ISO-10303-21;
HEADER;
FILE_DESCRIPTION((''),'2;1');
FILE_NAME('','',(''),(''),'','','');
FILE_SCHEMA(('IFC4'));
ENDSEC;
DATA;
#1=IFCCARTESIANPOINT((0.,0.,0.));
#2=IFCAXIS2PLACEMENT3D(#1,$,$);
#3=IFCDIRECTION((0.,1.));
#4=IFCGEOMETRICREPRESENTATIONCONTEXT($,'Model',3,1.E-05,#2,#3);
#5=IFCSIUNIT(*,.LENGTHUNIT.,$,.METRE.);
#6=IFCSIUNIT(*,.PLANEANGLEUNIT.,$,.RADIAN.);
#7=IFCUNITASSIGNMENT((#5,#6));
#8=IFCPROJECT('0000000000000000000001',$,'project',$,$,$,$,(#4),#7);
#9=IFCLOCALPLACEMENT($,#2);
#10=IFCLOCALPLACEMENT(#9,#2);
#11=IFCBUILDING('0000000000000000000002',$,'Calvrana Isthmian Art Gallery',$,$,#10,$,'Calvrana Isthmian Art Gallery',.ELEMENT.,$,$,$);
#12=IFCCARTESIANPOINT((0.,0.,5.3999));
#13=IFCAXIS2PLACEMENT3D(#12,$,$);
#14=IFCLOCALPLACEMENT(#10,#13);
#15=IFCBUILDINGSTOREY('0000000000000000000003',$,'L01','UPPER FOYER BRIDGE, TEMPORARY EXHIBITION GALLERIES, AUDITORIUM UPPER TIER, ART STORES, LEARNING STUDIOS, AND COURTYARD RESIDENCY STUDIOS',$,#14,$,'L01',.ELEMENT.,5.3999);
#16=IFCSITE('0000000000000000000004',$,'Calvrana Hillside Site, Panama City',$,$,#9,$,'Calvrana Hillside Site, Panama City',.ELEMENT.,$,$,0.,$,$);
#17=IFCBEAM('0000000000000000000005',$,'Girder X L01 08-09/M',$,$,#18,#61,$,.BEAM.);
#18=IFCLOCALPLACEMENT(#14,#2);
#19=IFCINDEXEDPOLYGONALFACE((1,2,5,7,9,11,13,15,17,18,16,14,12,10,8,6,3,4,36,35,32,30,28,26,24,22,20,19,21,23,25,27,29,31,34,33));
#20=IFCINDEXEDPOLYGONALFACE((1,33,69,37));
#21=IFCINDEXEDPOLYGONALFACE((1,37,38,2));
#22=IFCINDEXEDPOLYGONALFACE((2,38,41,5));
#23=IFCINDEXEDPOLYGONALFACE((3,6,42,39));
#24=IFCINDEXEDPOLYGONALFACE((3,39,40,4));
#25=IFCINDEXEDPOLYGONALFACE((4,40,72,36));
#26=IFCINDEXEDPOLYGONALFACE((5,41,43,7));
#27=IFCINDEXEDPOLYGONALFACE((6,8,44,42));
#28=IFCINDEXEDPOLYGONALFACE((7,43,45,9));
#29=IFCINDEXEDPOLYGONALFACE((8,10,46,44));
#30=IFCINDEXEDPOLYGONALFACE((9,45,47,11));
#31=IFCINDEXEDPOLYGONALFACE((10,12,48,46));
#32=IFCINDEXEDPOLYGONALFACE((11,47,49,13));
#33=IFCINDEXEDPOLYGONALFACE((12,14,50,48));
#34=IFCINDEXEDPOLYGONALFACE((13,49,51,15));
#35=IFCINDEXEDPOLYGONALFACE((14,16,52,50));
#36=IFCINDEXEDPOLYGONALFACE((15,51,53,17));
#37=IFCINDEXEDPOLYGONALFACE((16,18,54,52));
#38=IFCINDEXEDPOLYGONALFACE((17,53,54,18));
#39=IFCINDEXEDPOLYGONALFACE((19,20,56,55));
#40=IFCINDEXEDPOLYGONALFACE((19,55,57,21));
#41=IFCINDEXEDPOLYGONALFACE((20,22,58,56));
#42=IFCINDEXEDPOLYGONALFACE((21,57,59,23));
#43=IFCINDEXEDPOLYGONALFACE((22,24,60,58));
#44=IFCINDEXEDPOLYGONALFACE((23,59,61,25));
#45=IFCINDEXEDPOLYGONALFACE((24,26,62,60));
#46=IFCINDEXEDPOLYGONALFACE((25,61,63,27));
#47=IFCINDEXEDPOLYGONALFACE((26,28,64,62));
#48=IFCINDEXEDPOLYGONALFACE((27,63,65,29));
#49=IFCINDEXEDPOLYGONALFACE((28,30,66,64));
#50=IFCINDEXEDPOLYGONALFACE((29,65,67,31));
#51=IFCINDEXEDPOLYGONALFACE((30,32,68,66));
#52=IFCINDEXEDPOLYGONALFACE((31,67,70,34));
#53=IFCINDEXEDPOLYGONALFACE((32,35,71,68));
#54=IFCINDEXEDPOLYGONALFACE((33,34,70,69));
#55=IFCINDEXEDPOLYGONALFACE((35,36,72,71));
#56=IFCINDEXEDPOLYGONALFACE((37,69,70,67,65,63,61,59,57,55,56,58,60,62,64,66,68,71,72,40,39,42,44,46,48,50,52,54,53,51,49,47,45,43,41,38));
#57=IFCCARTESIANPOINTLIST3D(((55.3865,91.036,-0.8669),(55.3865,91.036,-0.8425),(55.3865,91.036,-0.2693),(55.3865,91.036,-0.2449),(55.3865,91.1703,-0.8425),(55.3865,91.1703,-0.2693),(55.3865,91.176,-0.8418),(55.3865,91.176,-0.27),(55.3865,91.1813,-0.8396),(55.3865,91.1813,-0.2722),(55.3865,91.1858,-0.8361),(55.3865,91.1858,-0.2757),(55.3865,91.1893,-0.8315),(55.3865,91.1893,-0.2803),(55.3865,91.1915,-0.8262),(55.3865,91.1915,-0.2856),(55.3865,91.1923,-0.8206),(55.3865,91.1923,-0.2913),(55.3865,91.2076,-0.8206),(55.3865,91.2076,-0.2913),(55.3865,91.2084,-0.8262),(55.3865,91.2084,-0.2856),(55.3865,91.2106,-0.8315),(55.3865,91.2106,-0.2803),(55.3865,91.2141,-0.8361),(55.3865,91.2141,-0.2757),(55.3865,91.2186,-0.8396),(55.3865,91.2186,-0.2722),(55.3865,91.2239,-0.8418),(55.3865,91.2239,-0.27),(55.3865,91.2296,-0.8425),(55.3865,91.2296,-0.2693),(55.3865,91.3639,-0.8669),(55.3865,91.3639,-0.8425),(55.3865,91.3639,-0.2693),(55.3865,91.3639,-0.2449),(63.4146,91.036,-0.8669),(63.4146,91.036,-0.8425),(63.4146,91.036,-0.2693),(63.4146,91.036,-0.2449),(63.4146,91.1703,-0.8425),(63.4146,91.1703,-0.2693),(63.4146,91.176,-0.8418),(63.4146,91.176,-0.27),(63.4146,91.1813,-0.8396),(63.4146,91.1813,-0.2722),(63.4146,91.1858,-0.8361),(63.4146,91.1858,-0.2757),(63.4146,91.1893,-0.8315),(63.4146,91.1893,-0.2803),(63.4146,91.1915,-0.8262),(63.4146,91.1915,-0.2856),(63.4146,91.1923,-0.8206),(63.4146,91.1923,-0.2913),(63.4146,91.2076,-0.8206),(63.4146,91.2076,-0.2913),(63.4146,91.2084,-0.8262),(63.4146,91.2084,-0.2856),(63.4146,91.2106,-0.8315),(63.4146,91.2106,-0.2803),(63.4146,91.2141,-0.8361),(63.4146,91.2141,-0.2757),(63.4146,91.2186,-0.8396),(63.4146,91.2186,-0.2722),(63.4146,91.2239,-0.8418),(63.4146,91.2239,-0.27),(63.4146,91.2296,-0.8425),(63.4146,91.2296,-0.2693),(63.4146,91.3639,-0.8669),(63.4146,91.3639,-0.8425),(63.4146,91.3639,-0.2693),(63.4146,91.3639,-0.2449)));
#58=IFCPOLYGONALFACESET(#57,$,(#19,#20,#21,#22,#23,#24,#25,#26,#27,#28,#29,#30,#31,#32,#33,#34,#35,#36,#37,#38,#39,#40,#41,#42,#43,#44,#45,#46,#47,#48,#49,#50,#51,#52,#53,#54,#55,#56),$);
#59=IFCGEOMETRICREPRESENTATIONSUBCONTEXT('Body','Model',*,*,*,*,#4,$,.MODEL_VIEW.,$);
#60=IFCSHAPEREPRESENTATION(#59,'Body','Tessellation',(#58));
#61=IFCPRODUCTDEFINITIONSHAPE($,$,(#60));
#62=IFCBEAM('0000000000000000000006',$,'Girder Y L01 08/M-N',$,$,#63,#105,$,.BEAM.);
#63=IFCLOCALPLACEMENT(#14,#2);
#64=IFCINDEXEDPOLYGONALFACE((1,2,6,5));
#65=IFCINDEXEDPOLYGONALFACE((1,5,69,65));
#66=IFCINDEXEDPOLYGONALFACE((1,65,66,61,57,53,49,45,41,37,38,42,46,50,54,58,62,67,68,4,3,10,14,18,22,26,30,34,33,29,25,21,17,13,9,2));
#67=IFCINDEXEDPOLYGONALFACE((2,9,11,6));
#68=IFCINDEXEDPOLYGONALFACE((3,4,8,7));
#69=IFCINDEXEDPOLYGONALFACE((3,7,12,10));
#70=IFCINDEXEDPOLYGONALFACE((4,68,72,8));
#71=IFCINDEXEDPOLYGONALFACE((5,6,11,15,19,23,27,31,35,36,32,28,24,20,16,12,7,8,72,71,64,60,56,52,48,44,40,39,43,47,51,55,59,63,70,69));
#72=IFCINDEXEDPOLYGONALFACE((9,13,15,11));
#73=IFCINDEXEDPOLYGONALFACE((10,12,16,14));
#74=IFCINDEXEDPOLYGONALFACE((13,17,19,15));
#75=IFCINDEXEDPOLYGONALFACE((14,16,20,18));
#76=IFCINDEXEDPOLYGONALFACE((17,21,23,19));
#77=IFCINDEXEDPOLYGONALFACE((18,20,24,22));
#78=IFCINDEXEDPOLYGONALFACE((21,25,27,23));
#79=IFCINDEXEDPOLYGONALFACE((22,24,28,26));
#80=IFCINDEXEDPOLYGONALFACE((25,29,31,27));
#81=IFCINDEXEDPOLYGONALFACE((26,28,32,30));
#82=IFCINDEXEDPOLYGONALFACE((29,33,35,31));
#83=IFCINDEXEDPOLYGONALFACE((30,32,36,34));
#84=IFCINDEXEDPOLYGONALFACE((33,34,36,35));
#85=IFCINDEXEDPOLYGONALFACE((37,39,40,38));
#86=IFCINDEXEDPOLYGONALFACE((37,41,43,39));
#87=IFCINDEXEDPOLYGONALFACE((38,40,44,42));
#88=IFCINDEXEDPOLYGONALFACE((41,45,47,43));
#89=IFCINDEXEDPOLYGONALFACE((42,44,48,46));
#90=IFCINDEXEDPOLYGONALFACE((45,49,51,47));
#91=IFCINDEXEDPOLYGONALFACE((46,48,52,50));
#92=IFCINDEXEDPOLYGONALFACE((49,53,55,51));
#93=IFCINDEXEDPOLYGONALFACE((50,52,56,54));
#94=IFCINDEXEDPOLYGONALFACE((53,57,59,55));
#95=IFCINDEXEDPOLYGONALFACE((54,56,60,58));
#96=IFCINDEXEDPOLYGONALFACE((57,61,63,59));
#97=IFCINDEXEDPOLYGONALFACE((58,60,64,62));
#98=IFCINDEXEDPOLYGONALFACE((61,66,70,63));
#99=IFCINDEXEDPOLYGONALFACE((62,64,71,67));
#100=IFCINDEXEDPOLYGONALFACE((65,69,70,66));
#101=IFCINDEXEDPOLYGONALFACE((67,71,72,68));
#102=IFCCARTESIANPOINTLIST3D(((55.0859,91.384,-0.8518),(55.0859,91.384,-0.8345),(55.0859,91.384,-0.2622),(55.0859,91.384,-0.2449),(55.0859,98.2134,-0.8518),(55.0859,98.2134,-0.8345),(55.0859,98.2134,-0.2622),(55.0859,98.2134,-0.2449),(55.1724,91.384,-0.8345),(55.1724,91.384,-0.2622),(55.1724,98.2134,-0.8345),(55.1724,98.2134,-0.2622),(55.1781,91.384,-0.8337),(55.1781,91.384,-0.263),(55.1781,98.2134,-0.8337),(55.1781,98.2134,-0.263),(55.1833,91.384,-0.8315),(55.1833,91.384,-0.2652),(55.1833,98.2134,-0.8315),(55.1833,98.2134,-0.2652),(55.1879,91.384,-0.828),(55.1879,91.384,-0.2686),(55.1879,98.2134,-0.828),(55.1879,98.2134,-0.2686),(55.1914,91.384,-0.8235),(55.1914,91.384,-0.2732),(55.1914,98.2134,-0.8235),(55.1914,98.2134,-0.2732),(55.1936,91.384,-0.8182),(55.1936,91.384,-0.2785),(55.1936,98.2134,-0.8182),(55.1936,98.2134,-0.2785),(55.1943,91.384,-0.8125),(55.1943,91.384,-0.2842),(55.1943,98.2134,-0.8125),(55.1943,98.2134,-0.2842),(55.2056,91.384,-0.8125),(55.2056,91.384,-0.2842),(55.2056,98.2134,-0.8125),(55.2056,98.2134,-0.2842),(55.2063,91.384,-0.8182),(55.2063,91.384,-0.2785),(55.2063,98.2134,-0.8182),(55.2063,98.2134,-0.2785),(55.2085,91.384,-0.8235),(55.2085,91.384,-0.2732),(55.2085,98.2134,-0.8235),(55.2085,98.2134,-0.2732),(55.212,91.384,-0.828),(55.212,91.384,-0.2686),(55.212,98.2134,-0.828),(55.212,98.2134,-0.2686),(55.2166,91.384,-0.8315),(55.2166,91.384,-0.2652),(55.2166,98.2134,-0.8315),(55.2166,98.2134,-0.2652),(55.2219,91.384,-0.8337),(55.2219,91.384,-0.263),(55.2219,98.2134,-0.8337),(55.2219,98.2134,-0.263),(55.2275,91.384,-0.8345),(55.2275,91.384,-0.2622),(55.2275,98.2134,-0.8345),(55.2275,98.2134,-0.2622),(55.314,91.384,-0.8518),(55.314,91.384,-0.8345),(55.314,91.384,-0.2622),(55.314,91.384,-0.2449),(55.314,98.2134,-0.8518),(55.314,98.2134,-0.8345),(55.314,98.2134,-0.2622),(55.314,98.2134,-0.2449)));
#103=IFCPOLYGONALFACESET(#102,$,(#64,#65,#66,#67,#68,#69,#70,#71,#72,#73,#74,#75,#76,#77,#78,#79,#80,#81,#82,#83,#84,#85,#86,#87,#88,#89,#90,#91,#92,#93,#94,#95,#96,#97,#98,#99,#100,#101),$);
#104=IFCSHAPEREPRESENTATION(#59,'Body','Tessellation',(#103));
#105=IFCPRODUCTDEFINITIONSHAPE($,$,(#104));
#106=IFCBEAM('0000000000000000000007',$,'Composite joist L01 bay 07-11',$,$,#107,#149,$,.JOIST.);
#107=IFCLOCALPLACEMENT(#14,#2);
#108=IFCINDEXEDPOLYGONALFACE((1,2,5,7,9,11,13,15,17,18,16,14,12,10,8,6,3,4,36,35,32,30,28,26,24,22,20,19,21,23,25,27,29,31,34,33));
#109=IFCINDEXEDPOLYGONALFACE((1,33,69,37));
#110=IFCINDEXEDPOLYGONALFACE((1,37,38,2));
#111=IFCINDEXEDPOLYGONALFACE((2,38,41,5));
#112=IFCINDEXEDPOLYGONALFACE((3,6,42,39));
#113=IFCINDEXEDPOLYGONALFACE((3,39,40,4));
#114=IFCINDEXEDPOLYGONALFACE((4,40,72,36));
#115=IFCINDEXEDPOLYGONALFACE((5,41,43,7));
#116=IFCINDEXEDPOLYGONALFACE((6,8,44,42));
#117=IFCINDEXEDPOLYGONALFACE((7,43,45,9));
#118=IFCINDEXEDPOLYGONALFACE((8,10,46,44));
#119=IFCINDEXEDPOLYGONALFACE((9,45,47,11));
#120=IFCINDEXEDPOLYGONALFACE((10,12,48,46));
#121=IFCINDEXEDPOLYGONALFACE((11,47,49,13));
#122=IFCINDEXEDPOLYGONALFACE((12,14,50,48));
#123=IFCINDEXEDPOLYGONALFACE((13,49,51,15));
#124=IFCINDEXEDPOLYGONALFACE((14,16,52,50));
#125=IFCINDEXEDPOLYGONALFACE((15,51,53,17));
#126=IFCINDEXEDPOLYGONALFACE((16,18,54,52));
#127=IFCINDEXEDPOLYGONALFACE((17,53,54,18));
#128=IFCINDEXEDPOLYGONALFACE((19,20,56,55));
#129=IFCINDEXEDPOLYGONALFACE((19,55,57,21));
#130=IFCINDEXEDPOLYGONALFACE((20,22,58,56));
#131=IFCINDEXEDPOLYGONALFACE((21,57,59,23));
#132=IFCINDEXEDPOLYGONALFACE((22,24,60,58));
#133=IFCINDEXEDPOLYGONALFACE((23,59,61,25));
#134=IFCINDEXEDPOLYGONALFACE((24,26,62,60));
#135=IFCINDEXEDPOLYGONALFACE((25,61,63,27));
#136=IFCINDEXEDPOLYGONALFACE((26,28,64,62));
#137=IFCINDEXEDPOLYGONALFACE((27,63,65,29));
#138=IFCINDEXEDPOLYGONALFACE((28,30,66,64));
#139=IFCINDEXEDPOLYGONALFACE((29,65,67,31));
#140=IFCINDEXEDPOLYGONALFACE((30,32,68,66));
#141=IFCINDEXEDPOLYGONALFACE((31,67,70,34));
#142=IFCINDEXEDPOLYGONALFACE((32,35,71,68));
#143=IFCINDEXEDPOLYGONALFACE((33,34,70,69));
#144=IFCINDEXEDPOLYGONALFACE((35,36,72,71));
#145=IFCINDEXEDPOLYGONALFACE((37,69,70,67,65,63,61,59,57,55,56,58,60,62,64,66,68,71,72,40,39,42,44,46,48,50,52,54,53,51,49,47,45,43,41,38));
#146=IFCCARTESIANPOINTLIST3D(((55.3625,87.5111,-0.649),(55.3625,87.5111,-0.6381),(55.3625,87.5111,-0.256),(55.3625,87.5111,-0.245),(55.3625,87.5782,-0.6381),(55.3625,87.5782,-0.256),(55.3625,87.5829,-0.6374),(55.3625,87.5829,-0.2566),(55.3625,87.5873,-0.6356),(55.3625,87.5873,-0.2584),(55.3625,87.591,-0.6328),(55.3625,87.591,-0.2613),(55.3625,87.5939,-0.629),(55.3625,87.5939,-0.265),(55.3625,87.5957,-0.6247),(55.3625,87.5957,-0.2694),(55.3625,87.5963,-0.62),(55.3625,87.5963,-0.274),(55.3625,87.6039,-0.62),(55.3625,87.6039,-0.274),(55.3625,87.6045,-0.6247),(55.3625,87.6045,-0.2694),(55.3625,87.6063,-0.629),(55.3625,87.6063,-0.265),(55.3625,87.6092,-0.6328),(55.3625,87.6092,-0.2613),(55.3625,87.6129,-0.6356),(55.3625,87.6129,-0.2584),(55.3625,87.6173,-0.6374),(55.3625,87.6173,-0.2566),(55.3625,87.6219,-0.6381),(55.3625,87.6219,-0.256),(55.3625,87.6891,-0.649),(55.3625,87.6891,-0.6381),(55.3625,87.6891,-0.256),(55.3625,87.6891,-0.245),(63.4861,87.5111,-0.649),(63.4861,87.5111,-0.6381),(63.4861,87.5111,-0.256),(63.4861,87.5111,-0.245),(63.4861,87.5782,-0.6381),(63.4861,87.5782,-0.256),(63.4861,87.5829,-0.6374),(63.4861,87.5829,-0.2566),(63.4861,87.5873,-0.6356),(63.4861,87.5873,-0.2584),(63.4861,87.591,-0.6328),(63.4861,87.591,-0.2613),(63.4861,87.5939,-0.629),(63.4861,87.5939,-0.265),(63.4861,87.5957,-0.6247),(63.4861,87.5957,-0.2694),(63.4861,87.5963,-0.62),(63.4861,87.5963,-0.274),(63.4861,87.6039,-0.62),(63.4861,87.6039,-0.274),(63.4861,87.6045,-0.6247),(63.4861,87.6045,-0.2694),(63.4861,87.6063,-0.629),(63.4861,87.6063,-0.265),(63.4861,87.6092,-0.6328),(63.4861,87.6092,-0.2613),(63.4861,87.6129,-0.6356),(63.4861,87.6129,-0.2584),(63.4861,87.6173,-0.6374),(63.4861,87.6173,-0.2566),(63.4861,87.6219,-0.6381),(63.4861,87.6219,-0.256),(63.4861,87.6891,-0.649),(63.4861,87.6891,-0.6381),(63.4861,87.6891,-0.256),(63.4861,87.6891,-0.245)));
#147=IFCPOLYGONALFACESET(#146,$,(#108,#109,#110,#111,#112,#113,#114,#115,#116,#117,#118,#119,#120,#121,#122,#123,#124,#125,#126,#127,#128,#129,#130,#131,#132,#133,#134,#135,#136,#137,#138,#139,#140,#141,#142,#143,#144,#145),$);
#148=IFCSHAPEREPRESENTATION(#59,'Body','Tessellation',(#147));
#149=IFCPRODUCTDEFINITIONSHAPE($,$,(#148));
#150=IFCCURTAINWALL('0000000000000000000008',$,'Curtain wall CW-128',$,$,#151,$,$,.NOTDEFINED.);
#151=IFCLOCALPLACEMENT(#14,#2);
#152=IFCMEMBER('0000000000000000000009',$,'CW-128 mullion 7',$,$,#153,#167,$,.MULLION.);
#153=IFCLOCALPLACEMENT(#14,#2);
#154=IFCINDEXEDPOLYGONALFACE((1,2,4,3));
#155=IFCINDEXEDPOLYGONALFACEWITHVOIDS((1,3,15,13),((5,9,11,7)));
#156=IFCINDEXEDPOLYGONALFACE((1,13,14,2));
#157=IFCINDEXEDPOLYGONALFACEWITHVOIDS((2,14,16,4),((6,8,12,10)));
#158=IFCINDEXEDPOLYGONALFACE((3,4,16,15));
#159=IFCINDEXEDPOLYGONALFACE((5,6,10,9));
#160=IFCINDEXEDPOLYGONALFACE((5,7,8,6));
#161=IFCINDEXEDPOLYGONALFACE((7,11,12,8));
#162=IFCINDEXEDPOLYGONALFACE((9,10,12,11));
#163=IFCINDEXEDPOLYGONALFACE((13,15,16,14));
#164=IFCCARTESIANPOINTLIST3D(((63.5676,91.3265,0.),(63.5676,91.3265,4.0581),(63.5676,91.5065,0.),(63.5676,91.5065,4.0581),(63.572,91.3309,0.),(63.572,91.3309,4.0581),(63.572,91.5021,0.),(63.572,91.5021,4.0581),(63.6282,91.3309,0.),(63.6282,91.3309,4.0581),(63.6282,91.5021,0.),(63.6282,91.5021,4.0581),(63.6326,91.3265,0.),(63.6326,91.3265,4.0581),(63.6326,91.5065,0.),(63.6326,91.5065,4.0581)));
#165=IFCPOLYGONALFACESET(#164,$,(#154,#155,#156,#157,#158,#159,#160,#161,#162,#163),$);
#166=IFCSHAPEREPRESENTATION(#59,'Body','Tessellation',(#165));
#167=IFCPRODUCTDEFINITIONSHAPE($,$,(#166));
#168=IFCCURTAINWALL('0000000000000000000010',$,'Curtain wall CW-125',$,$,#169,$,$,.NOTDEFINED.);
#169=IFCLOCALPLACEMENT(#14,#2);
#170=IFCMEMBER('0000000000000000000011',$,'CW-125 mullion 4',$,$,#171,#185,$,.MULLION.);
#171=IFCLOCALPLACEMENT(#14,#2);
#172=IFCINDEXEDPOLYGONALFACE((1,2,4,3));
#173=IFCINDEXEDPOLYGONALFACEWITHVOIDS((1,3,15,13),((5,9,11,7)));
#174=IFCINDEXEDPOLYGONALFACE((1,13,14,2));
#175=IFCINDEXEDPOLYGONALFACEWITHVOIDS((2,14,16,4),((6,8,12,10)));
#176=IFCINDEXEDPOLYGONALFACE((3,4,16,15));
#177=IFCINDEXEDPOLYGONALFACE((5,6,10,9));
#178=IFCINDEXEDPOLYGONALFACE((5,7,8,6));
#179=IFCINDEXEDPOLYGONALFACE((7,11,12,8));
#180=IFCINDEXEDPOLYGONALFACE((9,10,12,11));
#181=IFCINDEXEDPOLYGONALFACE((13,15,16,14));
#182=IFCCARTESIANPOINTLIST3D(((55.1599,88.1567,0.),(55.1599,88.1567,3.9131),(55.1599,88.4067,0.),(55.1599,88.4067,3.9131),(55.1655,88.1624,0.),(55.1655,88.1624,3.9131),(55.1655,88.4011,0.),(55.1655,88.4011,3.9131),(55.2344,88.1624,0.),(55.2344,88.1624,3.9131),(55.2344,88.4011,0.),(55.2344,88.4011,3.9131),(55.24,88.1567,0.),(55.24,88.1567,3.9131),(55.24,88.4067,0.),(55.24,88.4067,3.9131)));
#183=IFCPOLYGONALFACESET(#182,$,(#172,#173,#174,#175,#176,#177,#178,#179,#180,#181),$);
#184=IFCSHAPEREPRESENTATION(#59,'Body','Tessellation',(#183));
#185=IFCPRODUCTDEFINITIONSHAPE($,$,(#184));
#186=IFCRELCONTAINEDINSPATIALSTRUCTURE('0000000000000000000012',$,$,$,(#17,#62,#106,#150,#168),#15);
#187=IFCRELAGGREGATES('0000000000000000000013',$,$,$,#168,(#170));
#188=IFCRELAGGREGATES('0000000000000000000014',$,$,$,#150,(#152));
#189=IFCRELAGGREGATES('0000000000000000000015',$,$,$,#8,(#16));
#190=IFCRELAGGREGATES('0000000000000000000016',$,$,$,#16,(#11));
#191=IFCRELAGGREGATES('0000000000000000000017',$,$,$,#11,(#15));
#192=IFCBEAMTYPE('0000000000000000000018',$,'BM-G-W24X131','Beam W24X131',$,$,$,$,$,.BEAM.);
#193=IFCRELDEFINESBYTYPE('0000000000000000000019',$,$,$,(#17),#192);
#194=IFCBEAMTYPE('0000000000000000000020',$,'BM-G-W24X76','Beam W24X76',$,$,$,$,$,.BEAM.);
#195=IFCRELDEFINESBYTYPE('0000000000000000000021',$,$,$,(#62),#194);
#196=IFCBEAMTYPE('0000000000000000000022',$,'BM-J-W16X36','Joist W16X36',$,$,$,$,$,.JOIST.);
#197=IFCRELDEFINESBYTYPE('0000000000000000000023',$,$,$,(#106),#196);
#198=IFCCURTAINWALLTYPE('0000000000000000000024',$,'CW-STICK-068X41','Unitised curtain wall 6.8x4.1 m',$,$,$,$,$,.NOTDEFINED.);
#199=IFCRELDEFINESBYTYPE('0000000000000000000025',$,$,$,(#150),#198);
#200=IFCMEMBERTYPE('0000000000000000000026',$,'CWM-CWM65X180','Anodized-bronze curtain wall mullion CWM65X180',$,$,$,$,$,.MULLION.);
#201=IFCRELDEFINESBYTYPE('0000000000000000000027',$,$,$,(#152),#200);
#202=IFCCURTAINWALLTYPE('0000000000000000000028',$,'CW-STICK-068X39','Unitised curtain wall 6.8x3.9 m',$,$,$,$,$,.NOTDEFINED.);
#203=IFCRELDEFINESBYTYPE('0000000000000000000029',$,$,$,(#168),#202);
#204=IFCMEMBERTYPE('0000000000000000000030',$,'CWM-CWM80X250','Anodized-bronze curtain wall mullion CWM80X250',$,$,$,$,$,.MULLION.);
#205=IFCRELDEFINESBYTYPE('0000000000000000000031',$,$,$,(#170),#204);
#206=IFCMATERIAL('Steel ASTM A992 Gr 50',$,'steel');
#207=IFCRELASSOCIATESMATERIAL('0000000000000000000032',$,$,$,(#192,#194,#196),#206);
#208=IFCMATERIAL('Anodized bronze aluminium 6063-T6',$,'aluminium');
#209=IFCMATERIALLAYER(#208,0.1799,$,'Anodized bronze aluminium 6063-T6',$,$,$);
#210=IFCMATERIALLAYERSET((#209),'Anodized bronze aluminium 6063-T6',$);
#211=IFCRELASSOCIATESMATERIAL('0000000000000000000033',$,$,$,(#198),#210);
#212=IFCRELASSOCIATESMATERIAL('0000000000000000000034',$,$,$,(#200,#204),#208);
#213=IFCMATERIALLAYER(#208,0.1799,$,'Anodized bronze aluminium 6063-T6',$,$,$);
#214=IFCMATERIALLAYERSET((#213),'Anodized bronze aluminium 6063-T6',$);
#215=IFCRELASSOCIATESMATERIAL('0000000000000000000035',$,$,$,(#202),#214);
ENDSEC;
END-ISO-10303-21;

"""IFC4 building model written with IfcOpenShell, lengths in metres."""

from ifc_helpers import new_model, si_unit, direction, frame, origin, origin_2d, place, context, subcontext, project, spatial, hollow_rectangle, i_section, extrude, material, layer, layer_set, material_profile, profile_set, type_object, element, aggregate, save


model = new_model("IFC4")

# Units and contexts
model_context = context("Model", 3, precision=1e-05, world=origin(), true_north=direction((0.0, 1.0)))
body_context = subcontext(model_context, "Body", "Model", "MODEL_VIEW")
ifc_project = project(units=[si_unit("LENGTHUNIT", "METRE"), si_unit("PLANEANGLEUNIT", "RADIAN")], contexts=[model_context])

# Site, building, storey
site_placement = place(None, origin())
site = spatial("IfcSite", under=ifc_project, at=site_placement, Name="Calvrana Hillside Site, Panama City", LongName="Calvrana Hillside Site, Panama City", CompositionType="ELEMENT", RefElevation=0.0)
building_placement = place(site_placement, origin())
building = spatial("IfcBuilding", under=site, at=building_placement, Name="Calvrana Isthmian Art Gallery", LongName="Calvrana Isthmian Art Gallery", CompositionType="ELEMENT")
storey_placement = place(building_placement, frame((0.0, 0.0, 5.3999)))
storey = spatial("IfcBuildingStorey", under=building, at=storey_placement, Name="L01", Description="UPPER FOYER BRIDGE, TEMPORARY EXHIBITION GALLERIES, AUDITORIUM UPPER TIER, ART STORES, LEARNING STUDIOS, AND COURTYARD RESIDENCY STUDIOS", LongName="L01", CompositionType="ELEMENT", Elevation=5.3999)

# Shared definitions
ifc_material_1 = material(Name="Steel ASTM A992 Gr 50", Category="steel")

# Beams
ifc_material_profile_1 = material_profile(ifc_material_1, i_section(OverallWidth=0.3279, OverallDepth=0.6221, WebThickness=0.0154, FlangeThickness=0.0244, FilletRadius=0.022, at=origin_2d()), Name="W24X131")
ifc_profile_set_1 = profile_set([ifc_material_profile_1], Name="Steel ASTM A992 Gr 50")
beam_type_1 = type_object("IfcBeamType", Name="BM-G-W24X131", Description="Beam W24X131", PredefinedType="BEAM", material=ifc_profile_set_1)
beam_1_placement = place(storey_placement, frame((55.3865, 91.2, -0.5559), z_axis=(1.0, 0.0, 0.0), x_axis=(0.0, 1.0, 0.0)))
element("IfcBeam", 1, at=beam_1_placement, inside=storey, type_object=beam_type_1, Name="Girder X L01 08-09/M", PredefinedType="BEAM", context=body_context, shape_type="SweptSolid", body=[
    extrude(i_section(OverallWidth=0.3279, OverallDepth=0.6221, WebThickness=0.0154, FlangeThickness=0.0244, FilletRadius=0.022, at=origin_2d()), origin(), (0.0, 0.0, 1.0), 8.0281),
])
ifc_material_profile_2 = material_profile(ifc_material_1, i_section(OverallWidth=0.228, OverallDepth=0.6069, WebThickness=0.0112, FlangeThickness=0.0173, FilletRadius=0.022, at=origin_2d()), Name="W24X76")
ifc_profile_set_2 = profile_set([ifc_material_profile_2], Name="Steel ASTM A992 Gr 50")
beam_type_2 = type_object("IfcBeamType", Name="BM-G-W24X76", Description="Beam W24X76", PredefinedType="BEAM", material=ifc_profile_set_2)
beam_2_placement = place(storey_placement, frame((55.2, 91.384, -0.5483), z_axis=(0.0, 1.0, 0.0), x_axis=(-1.0, 0.0, 0.0)))
element("IfcBeam", 2, at=beam_2_placement, inside=storey, type_object=beam_type_2, Name="Girder Y L01 08/M-N", PredefinedType="BEAM", context=body_context, shape_type="SweptSolid", body=[
    extrude(i_section(OverallWidth=0.228, OverallDepth=0.6069, WebThickness=0.0112, FlangeThickness=0.0173, FilletRadius=0.022, at=origin_2d()), origin(), (0.0, 0.0, 1.0), 6.8293),
])
ifc_material_profile_3 = material_profile(ifc_material_1, i_section(OverallWidth=0.178, OverallDepth=0.4041, WebThickness=0.0076, FlangeThickness=0.011, FilletRadius=0.0181, at=origin_2d()), Name="W16X36")
ifc_profile_set_3 = profile_set([ifc_material_profile_3], Name="Steel ASTM A992 Gr 50")
beam_type_3 = type_object("IfcBeamType", Name="BM-J-W16X36", Description="Joist W16X36", PredefinedType="JOIST", material=ifc_profile_set_3)
beam_3_placement = place(storey_placement, frame((55.3625, 87.6001, -0.447), z_axis=(1.0, 0.0, 0.0), x_axis=(0.0, 1.0, 0.0)))
element("IfcBeam", 3, at=beam_3_placement, inside=storey, type_object=beam_type_3, Name="Composite joist L01 bay 07-11", PredefinedType="JOIST", context=body_context, shape_type="SweptSolid", body=[
    extrude(i_section(OverallWidth=0.178, OverallDepth=0.4041, WebThickness=0.0076, FlangeThickness=0.011, FilletRadius=0.0181, at=origin_2d()), origin(), (0.0, 0.0, 1.0), 8.1235),
])

# Curtain wall, member
ifc_material_2 = material(Name="Anodized bronze aluminium 6063-T6", Category="aluminium")
ifc_layer_1 = layer(ifc_material_2, 0.1799, Name="Anodized bronze aluminium 6063-T6")
ifc_layer_set_1 = layer_set([ifc_layer_1], Name="Anodized bronze aluminium 6063-T6")
curtain_wall_type_1 = type_object("IfcCurtainWallType", Name="CW-STICK-068X41", Description="Unitised curtain wall 6.8x4.1 m", PredefinedType="NOTDEFINED", material=ifc_layer_set_1)
curtain_wall_1_placement = place(storey_placement, origin())
curtain_wall_1 = element("IfcCurtainWall", 4, at=curtain_wall_1_placement, inside=storey, type_object=curtain_wall_type_1, Name="Curtain wall CW-128", PredefinedType="NOTDEFINED")
ifc_material_profile_4 = material_profile(ifc_material_2, hollow_rectangle(XDim=0.0649, YDim=0.1799, WallThickness=0.0044, at=origin_2d()), Name="CWM65X180")
ifc_profile_set_4 = profile_set([ifc_material_profile_4], Name="Anodized bronze aluminium 6063-T6")
member_type_1 = type_object("IfcMemberType", Name="CWM-CWM65X180", Description="Anodized-bronze curtain wall mullion CWM65X180", PredefinedType="MULLION", material=ifc_profile_set_4)
member_1_placement = place(storey_placement, frame((63.6001, 91.4165, 0.0), z_axis=(0.0, 0.0, 1.0), x_axis=(1.0, 0.0, 0.0)))
member_1 = element("IfcMember", 5, at=member_1_placement, type_object=member_type_1, Name="CW-128 mullion 7", PredefinedType="MULLION", context=body_context, shape_type="SweptSolid", body=[
    extrude(hollow_rectangle(XDim=0.0649, YDim=0.1799, WallThickness=0.0044, at=origin_2d()), origin(), (0.0, 0.0, 1.0), 4.0581),
])

# Curtain wall, member
ifc_layer_2 = layer(ifc_material_2, 0.1799, Name="Anodized bronze aluminium 6063-T6")
ifc_layer_set_2 = layer_set([ifc_layer_2], Name="Anodized bronze aluminium 6063-T6")
curtain_wall_type_2 = type_object("IfcCurtainWallType", Name="CW-STICK-068X39", Description="Unitised curtain wall 6.8x3.9 m", PredefinedType="NOTDEFINED", material=ifc_layer_set_2)
curtain_wall_2_placement = place(storey_placement, origin())
curtain_wall_2 = element("IfcCurtainWall", 6, at=curtain_wall_2_placement, inside=storey, type_object=curtain_wall_type_2, Name="Curtain wall CW-125", PredefinedType="NOTDEFINED")
ifc_material_profile_5 = material_profile(ifc_material_2, hollow_rectangle(XDim=0.0801, YDim=0.25, WallThickness=0.0056, at=origin_2d()), Name="CWM80X250")
ifc_profile_set_5 = profile_set([ifc_material_profile_5], Name="Anodized bronze aluminium 6063-T6")
member_type_2 = type_object("IfcMemberType", Name="CWM-CWM80X250", Description="Anodized-bronze curtain wall mullion CWM80X250", PredefinedType="MULLION", material=ifc_profile_set_5)
member_2_placement = place(storey_placement, frame((55.2, 88.2817, 0.0), z_axis=(0.0, 0.0, 1.0), x_axis=(-1.0, 0.0, 0.0)))
member_2 = element("IfcMember", 7, at=member_2_placement, type_object=member_type_2, Name="CW-125 mullion 4", PredefinedType="MULLION", context=body_context, shape_type="SweptSolid", body=[
    extrude(hollow_rectangle(XDim=0.0801, YDim=0.25, WallThickness=0.0056, at=origin_2d()), origin(), (0.0, 0.0, 1.0), 3.9131),
])

aggregate(curtain_wall_2, [member_2])
aggregate(curtain_wall_1, [member_1])

save(model, "model.ifc")
